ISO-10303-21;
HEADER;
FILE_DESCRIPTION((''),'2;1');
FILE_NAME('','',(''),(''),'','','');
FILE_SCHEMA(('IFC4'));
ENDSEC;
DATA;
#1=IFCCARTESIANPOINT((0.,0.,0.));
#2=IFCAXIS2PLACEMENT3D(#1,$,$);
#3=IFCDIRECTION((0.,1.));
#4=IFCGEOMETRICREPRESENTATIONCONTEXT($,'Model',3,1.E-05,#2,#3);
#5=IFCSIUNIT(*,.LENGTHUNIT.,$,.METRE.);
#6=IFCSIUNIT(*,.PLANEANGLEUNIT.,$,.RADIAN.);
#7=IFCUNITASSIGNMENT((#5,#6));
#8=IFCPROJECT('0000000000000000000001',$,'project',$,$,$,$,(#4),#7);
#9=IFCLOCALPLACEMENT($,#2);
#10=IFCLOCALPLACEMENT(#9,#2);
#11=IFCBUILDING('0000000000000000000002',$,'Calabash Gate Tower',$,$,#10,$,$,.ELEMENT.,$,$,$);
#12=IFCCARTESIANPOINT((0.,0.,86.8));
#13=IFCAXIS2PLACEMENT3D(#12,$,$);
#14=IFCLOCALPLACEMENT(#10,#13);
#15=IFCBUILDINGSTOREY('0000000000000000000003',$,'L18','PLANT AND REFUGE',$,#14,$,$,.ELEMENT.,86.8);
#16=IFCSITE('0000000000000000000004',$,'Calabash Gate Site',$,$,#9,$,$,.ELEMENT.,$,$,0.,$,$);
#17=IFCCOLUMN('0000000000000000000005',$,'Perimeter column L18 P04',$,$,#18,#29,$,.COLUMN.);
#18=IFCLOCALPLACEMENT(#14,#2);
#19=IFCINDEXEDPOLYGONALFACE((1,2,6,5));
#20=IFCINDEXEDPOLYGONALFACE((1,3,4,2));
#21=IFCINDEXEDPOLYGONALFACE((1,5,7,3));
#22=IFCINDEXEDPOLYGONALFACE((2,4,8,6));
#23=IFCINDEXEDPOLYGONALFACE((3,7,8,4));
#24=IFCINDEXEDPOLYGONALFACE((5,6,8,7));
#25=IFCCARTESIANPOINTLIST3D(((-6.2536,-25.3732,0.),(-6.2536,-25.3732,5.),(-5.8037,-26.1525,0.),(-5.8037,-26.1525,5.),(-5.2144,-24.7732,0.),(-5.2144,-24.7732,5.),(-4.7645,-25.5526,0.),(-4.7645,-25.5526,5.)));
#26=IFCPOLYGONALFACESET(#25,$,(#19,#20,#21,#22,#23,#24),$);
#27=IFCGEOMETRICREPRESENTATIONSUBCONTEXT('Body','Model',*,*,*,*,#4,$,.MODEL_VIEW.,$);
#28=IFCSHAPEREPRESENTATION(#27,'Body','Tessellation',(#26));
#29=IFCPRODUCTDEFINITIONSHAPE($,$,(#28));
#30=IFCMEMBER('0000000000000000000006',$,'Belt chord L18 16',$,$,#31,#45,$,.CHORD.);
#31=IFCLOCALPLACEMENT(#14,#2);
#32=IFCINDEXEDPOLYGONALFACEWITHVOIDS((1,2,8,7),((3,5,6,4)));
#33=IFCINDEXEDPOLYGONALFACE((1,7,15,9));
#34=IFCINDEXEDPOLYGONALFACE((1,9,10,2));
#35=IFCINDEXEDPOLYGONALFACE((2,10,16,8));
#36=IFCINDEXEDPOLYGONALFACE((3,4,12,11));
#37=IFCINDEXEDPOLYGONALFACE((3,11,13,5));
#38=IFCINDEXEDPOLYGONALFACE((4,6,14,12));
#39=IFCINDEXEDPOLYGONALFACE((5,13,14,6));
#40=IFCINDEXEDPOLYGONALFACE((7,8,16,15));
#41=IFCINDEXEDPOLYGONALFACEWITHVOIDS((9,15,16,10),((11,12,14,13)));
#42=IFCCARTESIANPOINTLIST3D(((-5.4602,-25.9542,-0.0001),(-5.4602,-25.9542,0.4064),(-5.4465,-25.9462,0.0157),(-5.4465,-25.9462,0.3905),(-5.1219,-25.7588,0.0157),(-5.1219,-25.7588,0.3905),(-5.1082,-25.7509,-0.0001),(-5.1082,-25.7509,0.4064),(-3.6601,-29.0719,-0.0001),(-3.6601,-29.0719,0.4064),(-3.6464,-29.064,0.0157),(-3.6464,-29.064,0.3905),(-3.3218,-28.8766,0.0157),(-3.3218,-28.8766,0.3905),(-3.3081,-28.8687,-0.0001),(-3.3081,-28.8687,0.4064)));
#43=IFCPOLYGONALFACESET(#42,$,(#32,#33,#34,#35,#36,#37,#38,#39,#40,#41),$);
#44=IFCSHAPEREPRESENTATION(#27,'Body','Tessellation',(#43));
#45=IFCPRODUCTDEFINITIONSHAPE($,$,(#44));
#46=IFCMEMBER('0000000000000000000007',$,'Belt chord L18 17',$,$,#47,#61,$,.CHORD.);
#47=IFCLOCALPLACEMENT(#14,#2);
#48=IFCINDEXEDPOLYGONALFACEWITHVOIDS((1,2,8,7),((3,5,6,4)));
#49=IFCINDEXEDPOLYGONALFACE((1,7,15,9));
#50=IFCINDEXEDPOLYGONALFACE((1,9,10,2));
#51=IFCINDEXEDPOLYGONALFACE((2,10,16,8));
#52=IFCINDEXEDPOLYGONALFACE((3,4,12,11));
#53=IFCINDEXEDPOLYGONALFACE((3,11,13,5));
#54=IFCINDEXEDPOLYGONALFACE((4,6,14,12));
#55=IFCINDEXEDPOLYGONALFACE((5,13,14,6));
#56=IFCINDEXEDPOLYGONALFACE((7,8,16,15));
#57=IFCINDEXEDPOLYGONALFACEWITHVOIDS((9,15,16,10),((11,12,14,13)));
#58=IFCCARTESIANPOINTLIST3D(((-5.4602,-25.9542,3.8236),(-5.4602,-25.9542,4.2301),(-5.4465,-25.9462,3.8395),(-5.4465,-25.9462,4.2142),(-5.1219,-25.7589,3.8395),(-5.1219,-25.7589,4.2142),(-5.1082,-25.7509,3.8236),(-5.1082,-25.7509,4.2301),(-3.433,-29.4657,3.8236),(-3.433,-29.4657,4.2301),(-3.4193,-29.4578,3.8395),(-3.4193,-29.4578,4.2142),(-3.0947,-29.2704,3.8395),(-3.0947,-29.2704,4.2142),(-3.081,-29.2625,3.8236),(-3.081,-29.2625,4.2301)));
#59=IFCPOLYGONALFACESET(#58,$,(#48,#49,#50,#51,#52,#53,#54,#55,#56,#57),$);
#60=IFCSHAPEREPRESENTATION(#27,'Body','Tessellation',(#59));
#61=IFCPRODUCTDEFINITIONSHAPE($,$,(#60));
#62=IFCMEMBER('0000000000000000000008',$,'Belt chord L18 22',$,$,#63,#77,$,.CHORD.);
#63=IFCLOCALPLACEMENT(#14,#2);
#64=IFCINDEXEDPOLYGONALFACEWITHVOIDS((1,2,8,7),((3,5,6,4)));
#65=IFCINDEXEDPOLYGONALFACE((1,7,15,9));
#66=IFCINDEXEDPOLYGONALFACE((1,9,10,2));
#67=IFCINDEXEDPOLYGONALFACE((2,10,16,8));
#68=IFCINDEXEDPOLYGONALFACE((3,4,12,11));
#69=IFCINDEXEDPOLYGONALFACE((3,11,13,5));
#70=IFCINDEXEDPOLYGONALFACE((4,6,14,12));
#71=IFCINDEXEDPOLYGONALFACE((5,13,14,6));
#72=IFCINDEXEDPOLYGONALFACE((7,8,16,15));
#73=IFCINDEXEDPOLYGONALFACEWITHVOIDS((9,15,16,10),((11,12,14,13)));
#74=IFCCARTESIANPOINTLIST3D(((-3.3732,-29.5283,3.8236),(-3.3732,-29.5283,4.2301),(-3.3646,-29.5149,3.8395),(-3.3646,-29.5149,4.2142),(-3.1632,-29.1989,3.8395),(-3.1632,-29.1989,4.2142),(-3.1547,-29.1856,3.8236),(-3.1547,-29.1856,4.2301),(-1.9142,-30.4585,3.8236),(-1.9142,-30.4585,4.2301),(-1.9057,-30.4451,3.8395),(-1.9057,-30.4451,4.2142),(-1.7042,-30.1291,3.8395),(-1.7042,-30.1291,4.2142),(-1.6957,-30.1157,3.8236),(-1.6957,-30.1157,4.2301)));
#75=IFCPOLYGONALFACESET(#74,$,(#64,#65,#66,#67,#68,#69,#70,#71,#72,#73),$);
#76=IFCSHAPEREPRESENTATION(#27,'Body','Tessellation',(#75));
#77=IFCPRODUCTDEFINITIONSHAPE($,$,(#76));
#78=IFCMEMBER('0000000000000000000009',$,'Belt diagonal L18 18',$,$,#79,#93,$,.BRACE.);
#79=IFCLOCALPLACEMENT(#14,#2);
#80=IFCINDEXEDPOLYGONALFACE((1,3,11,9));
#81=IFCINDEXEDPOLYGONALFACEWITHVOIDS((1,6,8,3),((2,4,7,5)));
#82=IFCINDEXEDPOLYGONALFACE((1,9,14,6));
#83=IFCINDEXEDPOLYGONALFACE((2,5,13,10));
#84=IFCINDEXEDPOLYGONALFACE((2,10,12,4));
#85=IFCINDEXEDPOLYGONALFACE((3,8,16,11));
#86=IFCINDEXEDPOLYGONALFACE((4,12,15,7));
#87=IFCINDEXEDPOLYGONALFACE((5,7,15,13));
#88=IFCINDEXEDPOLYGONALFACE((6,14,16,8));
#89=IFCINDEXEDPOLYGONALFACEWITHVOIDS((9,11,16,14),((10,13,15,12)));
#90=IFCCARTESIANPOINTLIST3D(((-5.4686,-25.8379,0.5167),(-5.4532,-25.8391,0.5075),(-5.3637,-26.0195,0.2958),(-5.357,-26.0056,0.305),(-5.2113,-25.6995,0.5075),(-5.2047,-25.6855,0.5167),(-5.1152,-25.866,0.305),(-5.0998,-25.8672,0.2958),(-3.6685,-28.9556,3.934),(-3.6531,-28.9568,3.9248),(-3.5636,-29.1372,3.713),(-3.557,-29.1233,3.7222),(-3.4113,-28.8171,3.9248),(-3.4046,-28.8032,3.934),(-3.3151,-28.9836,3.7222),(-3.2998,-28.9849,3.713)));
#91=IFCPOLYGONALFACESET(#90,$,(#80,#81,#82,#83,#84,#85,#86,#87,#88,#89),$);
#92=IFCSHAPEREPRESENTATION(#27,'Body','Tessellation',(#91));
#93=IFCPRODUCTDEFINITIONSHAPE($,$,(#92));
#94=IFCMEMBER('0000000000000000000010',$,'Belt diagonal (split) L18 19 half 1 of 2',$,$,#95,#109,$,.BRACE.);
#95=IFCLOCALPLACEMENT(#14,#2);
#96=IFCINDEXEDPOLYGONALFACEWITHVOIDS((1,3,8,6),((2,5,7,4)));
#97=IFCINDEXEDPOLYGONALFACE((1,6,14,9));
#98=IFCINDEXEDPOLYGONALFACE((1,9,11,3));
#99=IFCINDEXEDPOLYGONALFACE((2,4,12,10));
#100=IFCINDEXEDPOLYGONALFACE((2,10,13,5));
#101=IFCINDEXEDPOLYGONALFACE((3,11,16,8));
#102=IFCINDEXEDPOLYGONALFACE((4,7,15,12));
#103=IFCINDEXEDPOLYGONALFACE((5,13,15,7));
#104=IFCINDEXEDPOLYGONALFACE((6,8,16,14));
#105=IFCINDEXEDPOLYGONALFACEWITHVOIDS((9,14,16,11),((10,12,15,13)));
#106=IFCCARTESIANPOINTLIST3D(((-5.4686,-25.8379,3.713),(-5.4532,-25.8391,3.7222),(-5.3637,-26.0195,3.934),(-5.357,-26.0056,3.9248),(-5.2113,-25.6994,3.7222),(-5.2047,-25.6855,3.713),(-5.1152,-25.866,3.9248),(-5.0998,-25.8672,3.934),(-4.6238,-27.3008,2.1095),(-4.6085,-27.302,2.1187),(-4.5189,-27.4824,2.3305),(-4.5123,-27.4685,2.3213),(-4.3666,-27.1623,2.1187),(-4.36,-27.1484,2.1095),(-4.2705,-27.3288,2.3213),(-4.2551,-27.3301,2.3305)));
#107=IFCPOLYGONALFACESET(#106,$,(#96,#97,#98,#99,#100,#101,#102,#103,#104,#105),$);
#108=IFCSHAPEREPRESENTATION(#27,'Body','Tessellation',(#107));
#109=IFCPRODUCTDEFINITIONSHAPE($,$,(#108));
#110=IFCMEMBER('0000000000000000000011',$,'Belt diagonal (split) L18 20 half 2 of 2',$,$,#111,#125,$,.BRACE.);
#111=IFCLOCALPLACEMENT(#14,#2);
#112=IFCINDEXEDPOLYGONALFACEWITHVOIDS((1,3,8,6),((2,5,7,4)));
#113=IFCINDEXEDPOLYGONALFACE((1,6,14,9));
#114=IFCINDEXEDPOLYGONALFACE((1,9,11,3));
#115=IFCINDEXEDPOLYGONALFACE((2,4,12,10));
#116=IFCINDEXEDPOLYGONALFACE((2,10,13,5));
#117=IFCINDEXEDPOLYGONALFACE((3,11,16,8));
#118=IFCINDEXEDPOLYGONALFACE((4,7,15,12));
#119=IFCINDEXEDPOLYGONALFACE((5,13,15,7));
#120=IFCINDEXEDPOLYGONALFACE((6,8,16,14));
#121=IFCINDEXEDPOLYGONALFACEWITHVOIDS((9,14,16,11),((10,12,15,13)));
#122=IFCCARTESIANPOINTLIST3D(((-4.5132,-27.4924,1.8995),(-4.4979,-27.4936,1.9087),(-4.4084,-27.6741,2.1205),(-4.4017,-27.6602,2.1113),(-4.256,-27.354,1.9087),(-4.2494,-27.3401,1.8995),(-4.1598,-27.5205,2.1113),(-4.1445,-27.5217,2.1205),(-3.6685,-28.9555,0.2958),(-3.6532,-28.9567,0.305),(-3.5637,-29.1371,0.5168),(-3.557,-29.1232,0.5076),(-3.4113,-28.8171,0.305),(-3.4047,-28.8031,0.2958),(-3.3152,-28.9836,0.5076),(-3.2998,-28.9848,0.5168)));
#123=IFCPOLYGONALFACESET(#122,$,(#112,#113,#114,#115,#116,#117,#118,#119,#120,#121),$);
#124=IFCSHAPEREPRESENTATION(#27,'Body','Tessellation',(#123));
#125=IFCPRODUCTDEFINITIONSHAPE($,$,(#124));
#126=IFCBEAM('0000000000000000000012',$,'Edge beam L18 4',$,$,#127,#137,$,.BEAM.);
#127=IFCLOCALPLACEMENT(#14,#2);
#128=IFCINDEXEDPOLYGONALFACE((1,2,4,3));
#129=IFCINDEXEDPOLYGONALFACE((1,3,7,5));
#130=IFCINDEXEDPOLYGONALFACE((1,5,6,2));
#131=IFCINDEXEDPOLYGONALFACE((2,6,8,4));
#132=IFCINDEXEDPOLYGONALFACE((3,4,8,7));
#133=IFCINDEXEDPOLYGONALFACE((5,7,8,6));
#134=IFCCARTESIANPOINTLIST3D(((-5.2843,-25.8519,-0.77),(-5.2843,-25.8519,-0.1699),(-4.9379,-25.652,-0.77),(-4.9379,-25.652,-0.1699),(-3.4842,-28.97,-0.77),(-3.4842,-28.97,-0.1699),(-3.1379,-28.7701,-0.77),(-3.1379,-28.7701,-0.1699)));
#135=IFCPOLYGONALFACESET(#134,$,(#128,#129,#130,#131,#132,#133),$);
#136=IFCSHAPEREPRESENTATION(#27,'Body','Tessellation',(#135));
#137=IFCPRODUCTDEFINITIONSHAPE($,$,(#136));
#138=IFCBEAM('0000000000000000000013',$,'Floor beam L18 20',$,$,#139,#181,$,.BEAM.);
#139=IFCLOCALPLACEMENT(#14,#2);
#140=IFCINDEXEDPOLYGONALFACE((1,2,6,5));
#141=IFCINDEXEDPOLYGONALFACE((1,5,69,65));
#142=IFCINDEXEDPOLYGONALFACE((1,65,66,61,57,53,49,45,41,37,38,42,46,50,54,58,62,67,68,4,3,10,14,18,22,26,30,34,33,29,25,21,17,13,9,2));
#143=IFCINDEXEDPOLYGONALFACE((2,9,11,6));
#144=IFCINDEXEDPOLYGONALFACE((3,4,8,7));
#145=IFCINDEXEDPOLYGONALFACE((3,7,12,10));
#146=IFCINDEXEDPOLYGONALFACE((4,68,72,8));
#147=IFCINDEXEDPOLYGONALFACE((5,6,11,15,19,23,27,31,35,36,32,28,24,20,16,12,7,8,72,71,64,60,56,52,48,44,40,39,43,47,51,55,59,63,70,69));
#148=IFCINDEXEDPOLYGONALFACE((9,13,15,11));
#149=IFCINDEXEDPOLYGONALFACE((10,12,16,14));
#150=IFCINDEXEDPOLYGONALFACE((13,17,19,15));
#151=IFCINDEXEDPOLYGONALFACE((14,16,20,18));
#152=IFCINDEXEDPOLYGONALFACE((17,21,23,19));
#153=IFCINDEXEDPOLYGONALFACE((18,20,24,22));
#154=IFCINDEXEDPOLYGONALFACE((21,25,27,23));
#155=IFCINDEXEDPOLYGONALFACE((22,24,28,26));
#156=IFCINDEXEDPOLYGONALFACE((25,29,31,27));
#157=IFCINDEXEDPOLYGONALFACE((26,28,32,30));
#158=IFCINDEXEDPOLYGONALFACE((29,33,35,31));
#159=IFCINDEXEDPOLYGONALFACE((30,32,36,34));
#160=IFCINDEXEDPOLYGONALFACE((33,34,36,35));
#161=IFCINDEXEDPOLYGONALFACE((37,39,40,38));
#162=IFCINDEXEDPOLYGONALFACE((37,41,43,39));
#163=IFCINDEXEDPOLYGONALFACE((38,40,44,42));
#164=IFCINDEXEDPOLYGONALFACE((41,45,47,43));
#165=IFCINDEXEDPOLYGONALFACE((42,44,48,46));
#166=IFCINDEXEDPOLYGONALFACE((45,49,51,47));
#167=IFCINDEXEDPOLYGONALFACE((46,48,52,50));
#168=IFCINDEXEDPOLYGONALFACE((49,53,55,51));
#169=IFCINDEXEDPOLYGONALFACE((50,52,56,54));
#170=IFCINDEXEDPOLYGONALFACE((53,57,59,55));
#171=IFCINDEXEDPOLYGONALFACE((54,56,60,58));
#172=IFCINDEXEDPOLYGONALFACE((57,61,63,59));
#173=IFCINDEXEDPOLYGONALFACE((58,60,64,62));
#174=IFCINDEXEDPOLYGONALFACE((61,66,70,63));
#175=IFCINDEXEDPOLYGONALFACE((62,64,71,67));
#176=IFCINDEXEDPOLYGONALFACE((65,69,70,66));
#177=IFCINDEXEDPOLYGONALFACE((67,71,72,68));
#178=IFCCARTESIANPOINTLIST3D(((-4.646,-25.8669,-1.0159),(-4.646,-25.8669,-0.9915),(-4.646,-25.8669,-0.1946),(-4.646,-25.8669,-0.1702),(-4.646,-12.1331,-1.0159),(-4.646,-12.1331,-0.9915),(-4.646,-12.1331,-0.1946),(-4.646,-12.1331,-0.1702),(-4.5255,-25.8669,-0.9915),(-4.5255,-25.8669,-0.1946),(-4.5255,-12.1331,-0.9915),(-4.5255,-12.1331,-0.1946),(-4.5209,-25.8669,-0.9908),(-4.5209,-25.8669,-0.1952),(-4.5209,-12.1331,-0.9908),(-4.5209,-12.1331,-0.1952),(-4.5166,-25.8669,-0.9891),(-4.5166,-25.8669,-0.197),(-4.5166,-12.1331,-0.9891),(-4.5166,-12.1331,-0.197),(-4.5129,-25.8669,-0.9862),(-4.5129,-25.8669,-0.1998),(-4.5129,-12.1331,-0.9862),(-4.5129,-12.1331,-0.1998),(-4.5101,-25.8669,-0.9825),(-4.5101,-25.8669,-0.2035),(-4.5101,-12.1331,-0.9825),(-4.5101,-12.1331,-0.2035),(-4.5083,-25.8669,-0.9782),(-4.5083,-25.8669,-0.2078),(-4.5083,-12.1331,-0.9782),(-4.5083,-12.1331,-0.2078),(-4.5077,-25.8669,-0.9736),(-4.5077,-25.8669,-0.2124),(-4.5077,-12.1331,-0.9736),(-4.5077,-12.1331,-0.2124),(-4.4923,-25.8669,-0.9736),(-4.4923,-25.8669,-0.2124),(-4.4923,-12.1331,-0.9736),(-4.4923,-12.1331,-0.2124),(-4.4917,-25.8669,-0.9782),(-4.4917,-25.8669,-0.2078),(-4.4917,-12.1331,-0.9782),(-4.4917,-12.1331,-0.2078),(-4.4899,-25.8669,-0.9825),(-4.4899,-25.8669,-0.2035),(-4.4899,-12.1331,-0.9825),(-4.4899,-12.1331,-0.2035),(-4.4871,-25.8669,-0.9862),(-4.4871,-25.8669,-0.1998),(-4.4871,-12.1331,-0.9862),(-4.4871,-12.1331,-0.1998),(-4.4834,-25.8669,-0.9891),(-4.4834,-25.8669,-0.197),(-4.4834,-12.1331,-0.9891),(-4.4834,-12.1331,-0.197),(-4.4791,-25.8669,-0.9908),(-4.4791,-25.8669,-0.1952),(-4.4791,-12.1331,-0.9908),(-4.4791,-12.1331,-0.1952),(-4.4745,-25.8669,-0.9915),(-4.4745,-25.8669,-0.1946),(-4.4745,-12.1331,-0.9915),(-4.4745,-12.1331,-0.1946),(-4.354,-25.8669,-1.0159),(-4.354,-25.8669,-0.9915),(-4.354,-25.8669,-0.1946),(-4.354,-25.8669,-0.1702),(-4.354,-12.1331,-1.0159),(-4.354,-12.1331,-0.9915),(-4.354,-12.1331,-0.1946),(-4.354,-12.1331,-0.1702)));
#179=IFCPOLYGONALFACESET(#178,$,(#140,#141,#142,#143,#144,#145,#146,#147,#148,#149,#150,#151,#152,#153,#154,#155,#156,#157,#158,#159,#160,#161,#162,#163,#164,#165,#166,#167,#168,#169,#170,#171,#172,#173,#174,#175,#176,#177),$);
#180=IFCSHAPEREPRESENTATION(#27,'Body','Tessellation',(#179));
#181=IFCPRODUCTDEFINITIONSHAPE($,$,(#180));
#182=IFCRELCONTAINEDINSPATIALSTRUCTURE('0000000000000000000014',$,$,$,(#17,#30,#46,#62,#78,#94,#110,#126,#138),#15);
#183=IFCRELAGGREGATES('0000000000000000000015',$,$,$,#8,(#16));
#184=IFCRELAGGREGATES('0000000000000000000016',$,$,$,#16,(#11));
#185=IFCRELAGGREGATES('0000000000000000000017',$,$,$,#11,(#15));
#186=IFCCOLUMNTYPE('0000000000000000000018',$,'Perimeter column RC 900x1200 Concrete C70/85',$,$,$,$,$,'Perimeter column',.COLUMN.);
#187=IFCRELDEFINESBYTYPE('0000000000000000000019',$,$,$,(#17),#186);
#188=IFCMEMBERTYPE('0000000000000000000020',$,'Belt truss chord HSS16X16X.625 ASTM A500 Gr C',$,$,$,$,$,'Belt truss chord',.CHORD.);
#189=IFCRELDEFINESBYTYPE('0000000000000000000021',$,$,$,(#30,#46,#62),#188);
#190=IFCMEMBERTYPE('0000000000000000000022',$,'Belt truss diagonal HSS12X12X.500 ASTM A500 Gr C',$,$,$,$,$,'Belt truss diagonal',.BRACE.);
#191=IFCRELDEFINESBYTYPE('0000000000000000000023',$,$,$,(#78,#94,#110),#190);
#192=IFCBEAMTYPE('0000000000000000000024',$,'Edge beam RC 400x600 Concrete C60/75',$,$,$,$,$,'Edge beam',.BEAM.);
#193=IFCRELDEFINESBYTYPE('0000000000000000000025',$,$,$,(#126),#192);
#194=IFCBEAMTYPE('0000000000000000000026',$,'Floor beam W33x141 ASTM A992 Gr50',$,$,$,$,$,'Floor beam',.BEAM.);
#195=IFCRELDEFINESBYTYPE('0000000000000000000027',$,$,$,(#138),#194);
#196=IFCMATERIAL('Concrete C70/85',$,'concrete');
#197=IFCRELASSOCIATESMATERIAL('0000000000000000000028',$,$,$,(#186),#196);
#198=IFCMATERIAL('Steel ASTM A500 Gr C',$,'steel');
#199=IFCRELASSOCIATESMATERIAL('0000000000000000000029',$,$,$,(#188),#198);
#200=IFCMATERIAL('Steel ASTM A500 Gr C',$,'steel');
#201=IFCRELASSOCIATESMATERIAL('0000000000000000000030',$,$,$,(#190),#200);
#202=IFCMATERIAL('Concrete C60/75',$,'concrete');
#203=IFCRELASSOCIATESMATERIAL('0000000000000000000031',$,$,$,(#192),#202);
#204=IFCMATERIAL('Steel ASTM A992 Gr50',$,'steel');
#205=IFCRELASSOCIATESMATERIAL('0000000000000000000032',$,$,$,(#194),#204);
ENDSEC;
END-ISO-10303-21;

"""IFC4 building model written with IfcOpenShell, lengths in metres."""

from ifc_helpers import new_model, si_unit, direction, frame, origin, origin_2d, place, context, subcontext, project, spatial, rectangle, hollow_rectangle, i_section, extrude, material, material_profile, profile_set, type_object, element, save


model = new_model("IFC4")

# Units and contexts
model_context = context("Model", 3, precision=1e-05, world=origin(), true_north=direction((0.0, 1.0)))
body_context = subcontext(model_context, "Body", "Model", "MODEL_VIEW")
ifc_project = project(units=[si_unit("LENGTHUNIT", "METRE"), si_unit("PLANEANGLEUNIT", "RADIAN")], contexts=[model_context])

# Site, building, storey
site_placement = place(None, origin())
site = spatial("IfcSite", under=ifc_project, at=site_placement, Name="Calabash Gate Site", CompositionType="ELEMENT", RefElevation=0.0)
building_placement = place(site_placement, origin())
building = spatial("IfcBuilding", under=site, at=building_placement, Name="Calabash Gate Tower", CompositionType="ELEMENT")
storey_placement = place(building_placement, frame((0.0, 0.0, 86.8)))
storey = spatial("IfcBuildingStorey", under=building, at=storey_placement, Name="L18", Description="PLANT AND REFUGE", CompositionType="ELEMENT", Elevation=86.8)

# Column
ifc_material_1 = material(Name="Concrete C70/85", Category="concrete")
ifc_material_profile_1 = material_profile(ifc_material_1, rectangle(XDim=0.8999, YDim=1.2, at=origin_2d()))
ifc_profile_set_1 = profile_set([ifc_material_profile_1], Name="Concrete C70/85")
column_type = type_object("IfcColumnType", Name="Perimeter column RC 900x1200 Concrete C70/85", ElementType="Perimeter column", PredefinedType="COLUMN", material=ifc_profile_set_1)
column_placement = place(storey_placement, frame((-5.509, -25.4629, 0.0), z_axis=(0.0, 0.0, 1.0), x_axis=(0.5, -0.866025, 0.0)))
element("IfcColumn", 1, at=column_placement, inside=storey, type_object=column_type, Name="Perimeter column L18 P04", PredefinedType="COLUMN", context=body_context, shape_type="SweptSolid", body=[
    extrude(rectangle(XDim=0.8999, YDim=1.2, at=origin_2d()), origin(), (0.0, 0.0, 1.0), 5.0),
])

# Members
ifc_material_2 = material(Name="Steel ASTM A500 Gr C", Category="steel")
ifc_material_profile_2 = material_profile(ifc_material_2, hollow_rectangle(XDim=0.4065, YDim=0.4065, WallThickness=0.0159, at=origin_2d()))
ifc_profile_set_2 = profile_set([ifc_material_profile_2], Name="Steel ASTM A500 Gr C")
member_type_1 = type_object("IfcMemberType", Name="Belt truss chord HSS16X16X.625 ASTM A500 Gr C", ElementType="Belt truss chord", PredefinedType="CHORD", material=ifc_profile_set_2)
member_1_placement = place(storey_placement, frame((-5.2842, -25.8525, 0.2031), z_axis=(0.500012, -0.866018, 0.0), x_axis=(0.866018, 0.500012, 0.0)))
element("IfcMember", 2, at=member_1_placement, inside=storey, type_object=member_type_1, Name="Belt chord L18 16", PredefinedType="CHORD", context=body_context, shape_type="SweptSolid", body=[
    extrude(hollow_rectangle(XDim=0.4065, YDim=0.4065, WallThickness=0.0159, at=origin_2d()), origin(), (0.0, 0.0, 1.0), 3.6001),
])
member_2_placement = place(storey_placement, frame((-5.2842, -25.8525, 4.0269), z_axis=(0.499954, -0.866052, 0.0), x_axis=(0.866052, 0.499954, 0.0)))
element("IfcMember", 3, at=member_2_placement, inside=storey, type_object=member_type_1, Name="Belt chord L18 17", PredefinedType="CHORD", context=body_context, shape_type="SweptSolid", body=[
    extrude(hollow_rectangle(XDim=0.4065, YDim=0.4065, WallThickness=0.0159, at=origin_2d()), origin(), (0.0, 0.0, 1.0), 4.0547),
])
member_3_placement = place(storey_placement, frame((-3.2639, -29.3569, 4.0269), z_axis=(0.843208, -0.537587, 0.0), x_axis=(0.537587, 0.843208, 0.0)))
element("IfcMember", 4, at=member_3_placement, inside=storey, type_object=member_type_1, Name="Belt chord L18 22", PredefinedType="CHORD", context=body_context, shape_type="SweptSolid", body=[
    extrude(hollow_rectangle(XDim=0.4065, YDim=0.4065, WallThickness=0.0159, at=origin_2d()), origin(), (0.0, 0.0, 1.0), 1.7302),
])
ifc_material_3 = material(Name="Steel ASTM A500 Gr C", Category="steel")
ifc_material_profile_3 = material_profile(ifc_material_3, hollow_rectangle(XDim=0.3047, YDim=0.3047, WallThickness=0.0127, at=origin_2d()))
ifc_profile_set_3 = profile_set([ifc_material_profile_3], Name="Steel ASTM A500 Gr C")
member_type_2 = type_object("IfcMemberType", Name="Belt truss diagonal HSS12X12X.500 ASTM A500 Gr C", ElementType="Belt truss diagonal", PredefinedType="BRACE", material=ifc_profile_set_3)
member_4_placement = place(storey_placement, frame((-5.2842, -25.8525, 0.4062), z_axis=(0.362648, -0.628105, 0.688456), x_axis=(0.866018, 0.500012, 0.0)))
element("IfcMember", 5, at=member_4_placement, inside=storey, type_object=member_type_2, Name="Belt diagonal L18 18", PredefinedType="BRACE", context=body_context, shape_type="SweptSolid", body=[
    extrude(hollow_rectangle(XDim=0.3047, YDim=0.3047, WallThickness=0.0127, at=origin_2d()), origin(), (0.0, 0.0, 1.0), 4.9636),
])
member_5_placement = place(storey_placement, frame((-5.2842, -25.8525, 3.8235), z_axis=(0.362678, -0.628083, -0.688459), x_axis=(0.865993, 0.500056, 0.0)))
element("IfcMember", 6, at=member_5_placement, inside=storey, type_object=member_type_2, Name="Belt diagonal (split) L18 19 half 1 of 2", PredefinedType="BRACE", context=body_context, shape_type="SweptSolid", body=[
    extrude(hollow_rectangle(XDim=0.3047, YDim=0.3047, WallThickness=0.0127, at=origin_2d()), origin(), (0.0, 0.0, 1.0), 2.3291),
])
member_6_placement = place(storey_placement, frame((-4.3289, -27.5071, 2.01), z_axis=(0.362628, -0.628101, -0.688469), x_axis=(0.866029, 0.499993, 0.0)))
element("IfcMember", 7, at=member_6_placement, inside=storey, type_object=member_type_2, Name="Belt diagonal (split) L18 20 half 2 of 2", PredefinedType="BRACE", context=body_context, shape_type="SweptSolid", body=[
    extrude(hollow_rectangle(XDim=0.3047, YDim=0.3047, WallThickness=0.0127, at=origin_2d()), origin(), (0.0, 0.0, 1.0), 2.3293),
])

# Beams
ifc_material_4 = material(Name="Concrete C60/75", Category="concrete")
ifc_material_profile_4 = material_profile(ifc_material_4, rectangle(XDim=0.3999, YDim=0.6001, at=origin_2d()))
ifc_profile_set_4 = profile_set([ifc_material_profile_4], Name="Concrete C60/75")
beam_type_1 = type_object("IfcBeamType", Name="Edge beam RC 400x600 Concrete C60/75", ElementType="Edge beam", PredefinedType="BEAM", material=ifc_profile_set_4)
beam_1_placement = place(storey_placement, frame((-5.1111, -25.752, -0.47), z_axis=(0.499953, -0.866052, 0.0), x_axis=(0.866052, 0.499953, 0.0)))
element("IfcBeam", 8, at=beam_1_placement, inside=storey, type_object=beam_type_1, Name="Edge beam L18 4", PredefinedType="BEAM", context=body_context, shape_type="SweptSolid", body=[
    extrude(rectangle(XDim=0.3999, YDim=0.6001, at=origin_2d()), origin(), (0.0, 0.0, 1.0), 3.6003),
])
ifc_material_5 = material(Name="Steel ASTM A992 Gr50", Category="steel")
ifc_material_profile_5 = material_profile(ifc_material_5, i_section(OverallWidth=0.292, OverallDepth=0.8457, WebThickness=0.0154, FlangeThickness=0.0244, FilletRadius=0.0178, at=origin_2d()))
ifc_profile_set_5 = profile_set([ifc_material_profile_5], Name="Steel ASTM A992 Gr50")
beam_type_2 = type_object("IfcBeamType", Name="Floor beam W33x141 ASTM A992 Gr50", ElementType="Floor beam", PredefinedType="BEAM", material=ifc_profile_set_5)
for number, where, z_axis, x_axis, name in (
    (9, (-4.5, -25.8669, -0.593), (0.0, 1.0, 0.0), (-1.0, 0.0, 0.0), "Floor beam L18 20"),
):
    element("IfcBeam", number, at=place(storey_placement, frame(where, z_axis=z_axis, x_axis=x_axis)), inside=storey, type_object=beam_type_2, Name=name, PredefinedType="BEAM", context=body_context, shape_type="SweptSolid", body=[
        extrude(i_section(OverallWidth=0.292, OverallDepth=0.8457, WebThickness=0.0154, FlangeThickness=0.0244, FilletRadius=0.0178, at=origin_2d()), origin(), (0.0, 0.0, 1.0), 13.7339),
    ])

save(model, "model.ifc")
